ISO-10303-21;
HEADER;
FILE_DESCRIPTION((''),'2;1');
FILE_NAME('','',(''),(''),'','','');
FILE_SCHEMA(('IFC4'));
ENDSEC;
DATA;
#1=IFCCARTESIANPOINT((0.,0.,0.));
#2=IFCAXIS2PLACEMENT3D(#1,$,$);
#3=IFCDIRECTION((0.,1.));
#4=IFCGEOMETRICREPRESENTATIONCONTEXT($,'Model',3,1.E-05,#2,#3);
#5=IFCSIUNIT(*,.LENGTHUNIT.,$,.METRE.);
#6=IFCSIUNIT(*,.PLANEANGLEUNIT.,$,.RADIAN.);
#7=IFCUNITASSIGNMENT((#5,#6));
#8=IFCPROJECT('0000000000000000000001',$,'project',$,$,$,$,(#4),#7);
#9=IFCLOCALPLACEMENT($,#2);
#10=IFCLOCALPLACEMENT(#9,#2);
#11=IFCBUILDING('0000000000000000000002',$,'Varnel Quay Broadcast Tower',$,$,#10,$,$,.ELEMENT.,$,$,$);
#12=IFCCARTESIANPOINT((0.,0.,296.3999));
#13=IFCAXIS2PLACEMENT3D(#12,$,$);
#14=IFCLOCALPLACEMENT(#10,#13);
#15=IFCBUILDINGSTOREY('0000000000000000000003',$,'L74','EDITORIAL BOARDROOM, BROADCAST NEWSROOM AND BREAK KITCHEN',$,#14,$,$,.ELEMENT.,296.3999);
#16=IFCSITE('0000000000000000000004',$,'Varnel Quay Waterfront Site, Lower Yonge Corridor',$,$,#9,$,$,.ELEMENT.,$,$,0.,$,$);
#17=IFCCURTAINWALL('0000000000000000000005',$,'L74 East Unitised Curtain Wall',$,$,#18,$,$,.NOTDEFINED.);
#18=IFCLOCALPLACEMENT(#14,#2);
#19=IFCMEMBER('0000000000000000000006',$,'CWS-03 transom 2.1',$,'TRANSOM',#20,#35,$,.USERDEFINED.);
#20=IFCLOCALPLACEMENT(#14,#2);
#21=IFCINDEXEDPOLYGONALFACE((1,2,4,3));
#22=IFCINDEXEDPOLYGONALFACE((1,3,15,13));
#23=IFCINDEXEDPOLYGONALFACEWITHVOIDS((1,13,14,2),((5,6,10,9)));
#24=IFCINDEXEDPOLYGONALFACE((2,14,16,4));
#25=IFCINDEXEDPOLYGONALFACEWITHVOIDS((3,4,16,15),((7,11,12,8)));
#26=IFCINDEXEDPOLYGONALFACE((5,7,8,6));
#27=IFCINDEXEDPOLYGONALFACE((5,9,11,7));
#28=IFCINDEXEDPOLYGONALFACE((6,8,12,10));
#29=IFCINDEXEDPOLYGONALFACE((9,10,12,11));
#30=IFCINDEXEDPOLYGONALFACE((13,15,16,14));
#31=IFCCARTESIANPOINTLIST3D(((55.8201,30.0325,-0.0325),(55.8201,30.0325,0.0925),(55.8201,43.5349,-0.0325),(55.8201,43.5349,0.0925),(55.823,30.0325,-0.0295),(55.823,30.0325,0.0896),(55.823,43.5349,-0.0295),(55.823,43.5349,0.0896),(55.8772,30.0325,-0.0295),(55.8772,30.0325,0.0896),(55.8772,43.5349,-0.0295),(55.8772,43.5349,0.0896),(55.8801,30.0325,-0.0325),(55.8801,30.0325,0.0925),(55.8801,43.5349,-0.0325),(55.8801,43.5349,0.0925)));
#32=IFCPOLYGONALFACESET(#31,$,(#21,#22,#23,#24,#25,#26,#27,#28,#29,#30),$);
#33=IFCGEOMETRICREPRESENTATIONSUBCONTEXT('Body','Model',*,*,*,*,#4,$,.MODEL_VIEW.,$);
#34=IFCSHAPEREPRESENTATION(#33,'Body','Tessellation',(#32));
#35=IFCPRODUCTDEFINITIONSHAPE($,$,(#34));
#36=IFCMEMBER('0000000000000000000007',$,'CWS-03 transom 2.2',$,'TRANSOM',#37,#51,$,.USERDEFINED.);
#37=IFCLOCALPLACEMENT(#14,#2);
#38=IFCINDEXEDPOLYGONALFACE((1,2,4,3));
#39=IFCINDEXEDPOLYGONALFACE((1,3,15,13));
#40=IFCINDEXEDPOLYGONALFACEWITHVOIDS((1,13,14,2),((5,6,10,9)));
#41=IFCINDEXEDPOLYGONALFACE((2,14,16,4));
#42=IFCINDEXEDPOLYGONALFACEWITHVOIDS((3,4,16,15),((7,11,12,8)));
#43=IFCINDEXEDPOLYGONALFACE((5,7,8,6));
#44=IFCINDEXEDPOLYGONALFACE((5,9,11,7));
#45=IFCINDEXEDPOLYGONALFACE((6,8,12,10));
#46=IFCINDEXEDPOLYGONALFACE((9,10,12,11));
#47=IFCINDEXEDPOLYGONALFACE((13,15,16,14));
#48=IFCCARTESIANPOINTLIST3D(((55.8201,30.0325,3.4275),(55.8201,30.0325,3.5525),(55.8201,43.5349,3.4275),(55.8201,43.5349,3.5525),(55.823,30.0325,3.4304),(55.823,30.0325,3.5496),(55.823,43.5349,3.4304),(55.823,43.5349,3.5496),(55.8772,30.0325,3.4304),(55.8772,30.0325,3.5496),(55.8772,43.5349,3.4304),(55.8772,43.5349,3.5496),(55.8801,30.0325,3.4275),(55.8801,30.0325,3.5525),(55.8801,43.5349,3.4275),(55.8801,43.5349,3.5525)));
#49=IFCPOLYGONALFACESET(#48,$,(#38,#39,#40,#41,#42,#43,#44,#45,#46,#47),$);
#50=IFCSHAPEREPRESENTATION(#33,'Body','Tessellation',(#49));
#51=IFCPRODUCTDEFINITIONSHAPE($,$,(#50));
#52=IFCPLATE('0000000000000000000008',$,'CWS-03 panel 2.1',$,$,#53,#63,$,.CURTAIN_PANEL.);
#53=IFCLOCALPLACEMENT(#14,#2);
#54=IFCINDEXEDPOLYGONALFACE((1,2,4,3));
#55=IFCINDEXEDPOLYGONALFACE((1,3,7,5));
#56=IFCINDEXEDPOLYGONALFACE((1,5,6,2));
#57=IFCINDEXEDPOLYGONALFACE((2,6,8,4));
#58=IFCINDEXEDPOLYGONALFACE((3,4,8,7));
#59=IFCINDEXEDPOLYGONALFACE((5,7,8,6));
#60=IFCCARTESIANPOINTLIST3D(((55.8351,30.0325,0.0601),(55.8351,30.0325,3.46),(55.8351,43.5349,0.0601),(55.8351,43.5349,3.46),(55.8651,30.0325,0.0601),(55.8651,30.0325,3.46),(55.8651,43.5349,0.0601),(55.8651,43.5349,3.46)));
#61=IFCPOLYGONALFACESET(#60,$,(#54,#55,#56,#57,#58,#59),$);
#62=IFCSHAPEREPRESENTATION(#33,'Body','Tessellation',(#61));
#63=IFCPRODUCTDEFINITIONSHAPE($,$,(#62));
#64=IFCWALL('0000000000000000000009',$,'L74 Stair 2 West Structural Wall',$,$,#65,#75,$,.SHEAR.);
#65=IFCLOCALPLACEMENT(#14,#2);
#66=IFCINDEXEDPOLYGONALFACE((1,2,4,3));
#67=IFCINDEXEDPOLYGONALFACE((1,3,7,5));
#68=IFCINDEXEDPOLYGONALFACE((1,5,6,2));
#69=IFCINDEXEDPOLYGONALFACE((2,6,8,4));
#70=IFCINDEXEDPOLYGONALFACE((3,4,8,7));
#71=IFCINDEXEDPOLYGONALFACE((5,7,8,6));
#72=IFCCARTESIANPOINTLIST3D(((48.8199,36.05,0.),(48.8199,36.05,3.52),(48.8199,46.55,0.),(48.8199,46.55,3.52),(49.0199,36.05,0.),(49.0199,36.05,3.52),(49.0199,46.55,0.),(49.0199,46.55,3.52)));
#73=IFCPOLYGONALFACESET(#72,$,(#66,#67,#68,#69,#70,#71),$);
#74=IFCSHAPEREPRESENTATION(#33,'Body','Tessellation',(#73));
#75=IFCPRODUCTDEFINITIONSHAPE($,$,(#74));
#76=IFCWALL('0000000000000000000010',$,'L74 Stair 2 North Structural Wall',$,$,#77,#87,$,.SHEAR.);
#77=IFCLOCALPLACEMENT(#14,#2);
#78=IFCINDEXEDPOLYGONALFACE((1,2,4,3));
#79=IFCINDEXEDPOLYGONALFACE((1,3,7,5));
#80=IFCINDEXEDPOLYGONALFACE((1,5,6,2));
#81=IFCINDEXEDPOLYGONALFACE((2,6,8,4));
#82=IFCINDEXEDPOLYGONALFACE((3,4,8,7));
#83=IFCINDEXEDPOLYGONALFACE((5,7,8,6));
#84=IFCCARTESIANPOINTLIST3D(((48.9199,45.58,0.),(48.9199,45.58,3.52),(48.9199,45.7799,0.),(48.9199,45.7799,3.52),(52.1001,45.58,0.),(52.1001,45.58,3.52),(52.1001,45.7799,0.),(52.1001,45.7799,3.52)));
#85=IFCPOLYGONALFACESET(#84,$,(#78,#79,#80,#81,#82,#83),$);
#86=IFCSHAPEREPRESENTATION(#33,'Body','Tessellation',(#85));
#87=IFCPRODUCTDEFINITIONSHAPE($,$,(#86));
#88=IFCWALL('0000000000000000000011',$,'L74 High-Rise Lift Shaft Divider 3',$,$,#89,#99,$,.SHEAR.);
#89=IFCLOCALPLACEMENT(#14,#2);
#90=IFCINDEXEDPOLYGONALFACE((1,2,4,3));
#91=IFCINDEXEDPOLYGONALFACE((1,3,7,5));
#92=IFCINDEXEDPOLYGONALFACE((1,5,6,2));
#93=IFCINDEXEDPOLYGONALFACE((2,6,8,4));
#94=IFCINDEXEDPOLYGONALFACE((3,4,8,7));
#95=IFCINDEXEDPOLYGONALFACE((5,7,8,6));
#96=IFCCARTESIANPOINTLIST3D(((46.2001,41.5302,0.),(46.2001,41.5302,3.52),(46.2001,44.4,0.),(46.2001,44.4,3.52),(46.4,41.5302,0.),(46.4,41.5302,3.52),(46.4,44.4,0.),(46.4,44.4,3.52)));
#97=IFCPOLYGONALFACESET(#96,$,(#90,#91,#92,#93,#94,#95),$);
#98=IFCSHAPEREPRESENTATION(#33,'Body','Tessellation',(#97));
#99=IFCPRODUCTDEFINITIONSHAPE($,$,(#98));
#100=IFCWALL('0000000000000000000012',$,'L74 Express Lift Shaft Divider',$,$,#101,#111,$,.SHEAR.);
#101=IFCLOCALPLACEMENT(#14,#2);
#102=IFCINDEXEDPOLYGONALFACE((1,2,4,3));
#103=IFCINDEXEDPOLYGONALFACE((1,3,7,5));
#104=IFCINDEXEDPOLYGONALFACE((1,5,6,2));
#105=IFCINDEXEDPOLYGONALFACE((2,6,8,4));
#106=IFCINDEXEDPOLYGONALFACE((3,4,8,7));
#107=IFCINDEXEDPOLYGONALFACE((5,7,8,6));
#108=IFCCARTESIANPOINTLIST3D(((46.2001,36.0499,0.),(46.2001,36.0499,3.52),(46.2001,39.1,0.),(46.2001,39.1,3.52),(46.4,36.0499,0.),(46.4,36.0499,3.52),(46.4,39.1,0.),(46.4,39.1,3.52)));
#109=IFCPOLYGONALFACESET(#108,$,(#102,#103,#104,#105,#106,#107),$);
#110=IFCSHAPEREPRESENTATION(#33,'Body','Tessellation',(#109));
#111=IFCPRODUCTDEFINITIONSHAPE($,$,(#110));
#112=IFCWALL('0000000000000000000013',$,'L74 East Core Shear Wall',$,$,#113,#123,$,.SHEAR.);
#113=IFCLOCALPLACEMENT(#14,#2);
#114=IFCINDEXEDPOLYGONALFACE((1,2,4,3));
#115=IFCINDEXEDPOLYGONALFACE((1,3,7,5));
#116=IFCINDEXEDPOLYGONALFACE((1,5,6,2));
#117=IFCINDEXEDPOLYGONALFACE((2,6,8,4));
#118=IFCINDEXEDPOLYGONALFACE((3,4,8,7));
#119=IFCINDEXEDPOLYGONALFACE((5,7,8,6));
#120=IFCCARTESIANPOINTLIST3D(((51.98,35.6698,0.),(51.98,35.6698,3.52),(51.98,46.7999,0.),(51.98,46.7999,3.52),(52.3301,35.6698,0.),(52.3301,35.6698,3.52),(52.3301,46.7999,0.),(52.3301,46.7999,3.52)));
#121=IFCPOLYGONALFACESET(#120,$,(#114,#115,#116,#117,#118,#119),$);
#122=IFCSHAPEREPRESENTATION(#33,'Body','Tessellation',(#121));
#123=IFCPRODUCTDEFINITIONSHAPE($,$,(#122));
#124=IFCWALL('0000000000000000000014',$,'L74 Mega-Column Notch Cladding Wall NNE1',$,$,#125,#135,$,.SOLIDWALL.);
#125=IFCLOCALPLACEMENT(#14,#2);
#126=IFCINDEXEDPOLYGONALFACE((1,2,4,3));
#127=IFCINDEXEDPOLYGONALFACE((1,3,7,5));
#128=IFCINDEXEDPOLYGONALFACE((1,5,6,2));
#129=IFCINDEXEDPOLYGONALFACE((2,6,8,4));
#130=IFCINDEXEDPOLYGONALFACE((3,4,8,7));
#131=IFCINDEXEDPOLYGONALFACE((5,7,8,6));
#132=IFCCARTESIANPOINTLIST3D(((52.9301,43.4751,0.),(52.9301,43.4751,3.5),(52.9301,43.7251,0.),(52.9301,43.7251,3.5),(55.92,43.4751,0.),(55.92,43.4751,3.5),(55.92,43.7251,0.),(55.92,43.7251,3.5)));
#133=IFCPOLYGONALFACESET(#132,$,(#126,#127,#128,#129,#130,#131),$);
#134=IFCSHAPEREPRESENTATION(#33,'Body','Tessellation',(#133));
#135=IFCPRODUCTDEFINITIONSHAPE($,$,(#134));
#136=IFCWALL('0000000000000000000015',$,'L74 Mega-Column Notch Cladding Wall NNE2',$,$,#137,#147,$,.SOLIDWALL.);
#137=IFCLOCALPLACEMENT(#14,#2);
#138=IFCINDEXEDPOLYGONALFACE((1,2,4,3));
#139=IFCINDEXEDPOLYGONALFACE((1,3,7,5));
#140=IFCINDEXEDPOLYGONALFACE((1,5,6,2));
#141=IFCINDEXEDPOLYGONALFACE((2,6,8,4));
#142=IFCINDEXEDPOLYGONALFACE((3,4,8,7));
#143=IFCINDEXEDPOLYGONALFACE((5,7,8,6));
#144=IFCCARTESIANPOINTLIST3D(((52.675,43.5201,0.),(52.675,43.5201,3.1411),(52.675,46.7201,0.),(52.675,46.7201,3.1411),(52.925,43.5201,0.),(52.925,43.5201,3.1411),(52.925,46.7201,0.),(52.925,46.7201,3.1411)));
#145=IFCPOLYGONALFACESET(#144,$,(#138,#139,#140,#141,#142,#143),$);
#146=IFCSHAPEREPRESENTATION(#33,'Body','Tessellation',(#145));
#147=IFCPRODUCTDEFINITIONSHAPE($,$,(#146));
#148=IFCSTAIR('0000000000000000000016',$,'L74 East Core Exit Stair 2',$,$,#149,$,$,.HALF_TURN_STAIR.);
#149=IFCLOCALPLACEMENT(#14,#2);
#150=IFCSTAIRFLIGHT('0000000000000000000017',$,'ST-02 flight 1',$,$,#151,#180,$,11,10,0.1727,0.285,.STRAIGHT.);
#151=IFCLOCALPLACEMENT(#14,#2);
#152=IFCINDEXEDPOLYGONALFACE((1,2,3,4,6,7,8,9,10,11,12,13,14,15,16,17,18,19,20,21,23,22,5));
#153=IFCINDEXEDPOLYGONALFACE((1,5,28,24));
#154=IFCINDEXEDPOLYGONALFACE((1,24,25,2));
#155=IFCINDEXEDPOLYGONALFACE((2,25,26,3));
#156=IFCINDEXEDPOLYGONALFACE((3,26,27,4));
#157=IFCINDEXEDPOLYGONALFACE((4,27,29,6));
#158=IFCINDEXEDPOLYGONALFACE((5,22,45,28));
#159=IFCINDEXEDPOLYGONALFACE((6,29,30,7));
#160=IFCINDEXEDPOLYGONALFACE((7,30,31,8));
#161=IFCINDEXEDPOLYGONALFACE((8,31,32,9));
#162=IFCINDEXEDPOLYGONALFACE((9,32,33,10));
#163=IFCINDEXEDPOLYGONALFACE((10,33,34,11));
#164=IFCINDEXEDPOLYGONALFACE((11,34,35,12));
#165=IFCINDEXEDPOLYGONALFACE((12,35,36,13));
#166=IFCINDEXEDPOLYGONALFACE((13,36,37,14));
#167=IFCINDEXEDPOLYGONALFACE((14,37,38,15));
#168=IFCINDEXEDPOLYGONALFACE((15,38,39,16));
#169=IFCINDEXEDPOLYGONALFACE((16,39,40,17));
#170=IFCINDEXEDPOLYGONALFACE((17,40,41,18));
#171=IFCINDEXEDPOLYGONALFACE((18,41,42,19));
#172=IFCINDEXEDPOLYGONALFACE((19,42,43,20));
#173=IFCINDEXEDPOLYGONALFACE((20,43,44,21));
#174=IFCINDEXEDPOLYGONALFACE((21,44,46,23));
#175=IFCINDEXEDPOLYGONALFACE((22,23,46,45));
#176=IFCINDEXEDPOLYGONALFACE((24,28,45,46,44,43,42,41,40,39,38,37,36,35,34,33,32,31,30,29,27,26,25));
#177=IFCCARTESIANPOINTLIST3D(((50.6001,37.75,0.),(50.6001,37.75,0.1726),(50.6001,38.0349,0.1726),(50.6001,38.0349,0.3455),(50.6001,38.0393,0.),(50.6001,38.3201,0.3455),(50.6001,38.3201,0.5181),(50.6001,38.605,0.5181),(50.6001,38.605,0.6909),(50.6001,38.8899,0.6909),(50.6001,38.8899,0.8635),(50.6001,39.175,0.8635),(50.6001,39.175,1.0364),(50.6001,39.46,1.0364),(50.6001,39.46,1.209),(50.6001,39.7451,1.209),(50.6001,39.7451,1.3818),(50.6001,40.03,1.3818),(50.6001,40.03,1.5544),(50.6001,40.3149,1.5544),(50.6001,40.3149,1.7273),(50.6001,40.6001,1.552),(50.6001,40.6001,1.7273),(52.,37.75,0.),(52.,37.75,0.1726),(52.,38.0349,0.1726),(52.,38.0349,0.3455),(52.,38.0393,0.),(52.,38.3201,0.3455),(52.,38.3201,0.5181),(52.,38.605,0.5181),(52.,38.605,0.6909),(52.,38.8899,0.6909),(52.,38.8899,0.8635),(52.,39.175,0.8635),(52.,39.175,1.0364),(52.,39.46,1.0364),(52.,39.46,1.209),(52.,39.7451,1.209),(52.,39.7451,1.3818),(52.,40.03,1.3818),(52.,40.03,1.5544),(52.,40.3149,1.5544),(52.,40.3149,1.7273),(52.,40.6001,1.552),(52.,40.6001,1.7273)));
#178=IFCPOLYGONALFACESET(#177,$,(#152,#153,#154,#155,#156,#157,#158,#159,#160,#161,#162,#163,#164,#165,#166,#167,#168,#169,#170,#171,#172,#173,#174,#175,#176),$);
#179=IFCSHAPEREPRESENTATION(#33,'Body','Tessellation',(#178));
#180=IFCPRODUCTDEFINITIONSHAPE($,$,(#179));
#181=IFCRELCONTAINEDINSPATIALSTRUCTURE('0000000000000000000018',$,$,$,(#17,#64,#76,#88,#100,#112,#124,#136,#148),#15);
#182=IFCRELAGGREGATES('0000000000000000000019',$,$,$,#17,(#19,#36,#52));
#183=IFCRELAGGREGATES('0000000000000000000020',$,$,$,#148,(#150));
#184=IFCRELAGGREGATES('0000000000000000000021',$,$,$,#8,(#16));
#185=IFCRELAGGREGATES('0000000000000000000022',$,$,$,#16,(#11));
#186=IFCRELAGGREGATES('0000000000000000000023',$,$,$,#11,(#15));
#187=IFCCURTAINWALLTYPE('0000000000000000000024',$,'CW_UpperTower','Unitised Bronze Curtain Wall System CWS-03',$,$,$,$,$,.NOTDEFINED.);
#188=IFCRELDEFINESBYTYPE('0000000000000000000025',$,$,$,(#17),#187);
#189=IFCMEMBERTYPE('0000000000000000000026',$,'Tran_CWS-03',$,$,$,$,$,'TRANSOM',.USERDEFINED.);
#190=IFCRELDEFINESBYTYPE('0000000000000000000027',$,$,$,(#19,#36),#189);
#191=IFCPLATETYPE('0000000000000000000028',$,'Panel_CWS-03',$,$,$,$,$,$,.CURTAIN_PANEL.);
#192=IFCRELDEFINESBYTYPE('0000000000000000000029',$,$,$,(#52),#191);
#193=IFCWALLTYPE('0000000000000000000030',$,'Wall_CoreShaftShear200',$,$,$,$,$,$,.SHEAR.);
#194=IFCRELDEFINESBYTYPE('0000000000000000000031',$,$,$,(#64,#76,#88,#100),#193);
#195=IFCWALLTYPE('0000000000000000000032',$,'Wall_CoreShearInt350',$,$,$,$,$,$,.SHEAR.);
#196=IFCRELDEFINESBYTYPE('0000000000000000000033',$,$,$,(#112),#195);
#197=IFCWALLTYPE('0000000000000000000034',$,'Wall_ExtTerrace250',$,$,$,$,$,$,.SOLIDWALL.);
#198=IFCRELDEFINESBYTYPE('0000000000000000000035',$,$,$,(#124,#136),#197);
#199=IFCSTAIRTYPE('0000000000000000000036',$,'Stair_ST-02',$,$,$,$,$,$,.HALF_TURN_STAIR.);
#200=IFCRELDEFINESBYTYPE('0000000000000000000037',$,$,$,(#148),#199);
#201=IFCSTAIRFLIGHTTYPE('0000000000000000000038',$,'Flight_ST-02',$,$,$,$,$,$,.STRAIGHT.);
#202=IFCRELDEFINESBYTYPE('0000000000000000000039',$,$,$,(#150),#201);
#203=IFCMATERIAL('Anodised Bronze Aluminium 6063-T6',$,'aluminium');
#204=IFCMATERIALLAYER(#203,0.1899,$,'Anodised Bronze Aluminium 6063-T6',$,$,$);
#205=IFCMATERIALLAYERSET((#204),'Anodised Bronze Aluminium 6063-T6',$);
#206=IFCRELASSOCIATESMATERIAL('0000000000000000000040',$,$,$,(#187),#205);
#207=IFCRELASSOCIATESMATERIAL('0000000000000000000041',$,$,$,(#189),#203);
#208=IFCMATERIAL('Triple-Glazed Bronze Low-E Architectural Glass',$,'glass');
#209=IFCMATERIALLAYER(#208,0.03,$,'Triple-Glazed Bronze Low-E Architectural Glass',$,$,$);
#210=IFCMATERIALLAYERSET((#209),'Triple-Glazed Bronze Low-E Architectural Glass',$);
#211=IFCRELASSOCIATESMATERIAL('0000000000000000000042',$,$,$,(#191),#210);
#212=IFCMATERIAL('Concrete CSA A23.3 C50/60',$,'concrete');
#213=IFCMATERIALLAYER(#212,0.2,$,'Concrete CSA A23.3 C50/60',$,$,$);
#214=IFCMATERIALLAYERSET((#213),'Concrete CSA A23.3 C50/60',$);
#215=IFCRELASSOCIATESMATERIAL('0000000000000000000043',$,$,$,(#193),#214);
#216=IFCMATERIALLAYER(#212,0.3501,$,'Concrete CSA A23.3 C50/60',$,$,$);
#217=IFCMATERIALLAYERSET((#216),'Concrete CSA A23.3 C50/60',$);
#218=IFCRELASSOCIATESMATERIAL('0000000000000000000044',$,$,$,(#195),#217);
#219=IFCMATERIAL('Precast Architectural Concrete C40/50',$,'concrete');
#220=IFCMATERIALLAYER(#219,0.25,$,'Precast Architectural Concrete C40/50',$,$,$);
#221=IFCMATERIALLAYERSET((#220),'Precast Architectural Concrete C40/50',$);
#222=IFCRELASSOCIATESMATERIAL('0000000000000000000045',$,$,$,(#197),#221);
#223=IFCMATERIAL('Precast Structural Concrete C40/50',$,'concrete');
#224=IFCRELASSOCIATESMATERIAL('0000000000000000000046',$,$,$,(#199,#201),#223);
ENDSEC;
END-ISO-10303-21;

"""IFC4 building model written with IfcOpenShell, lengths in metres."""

from ifc_helpers import new_model, si_unit, direction, frame, frame_2d, origin, origin_2d, place, context, subcontext, project, spatial, polyline, rectangle, hollow_rectangle, outline, extrude, source, transform, mapped, material, layer, layer_set, material_profile, profile_set, type_object, type_shapes, element, aggregate, save


model = new_model("IFC4")

# Units and contexts
model_context = context("Model", 3, precision=1e-05, world=origin(), true_north=direction((0.0, 1.0)))
body_context = subcontext(model_context, "Body", "Model", "MODEL_VIEW")
ifc_project = project(units=[si_unit("LENGTHUNIT", "METRE"), si_unit("PLANEANGLEUNIT", "RADIAN")], contexts=[model_context])

# Site, building, storey
site_placement = place(None, origin())
site = spatial("IfcSite", under=ifc_project, at=site_placement, Name="Varnel Quay Waterfront Site, Lower Yonge Corridor", CompositionType="ELEMENT", RefElevation=0.0)
building_placement = place(site_placement, origin())
building = spatial("IfcBuilding", under=site, at=building_placement, Name="Varnel Quay Broadcast Tower", CompositionType="ELEMENT")
storey_placement = place(building_placement, frame((0.0, 0.0, 296.3999)))
storey = spatial("IfcBuildingStorey", under=building, at=storey_placement, Name="L74", Description="EDITORIAL BOARDROOM, BROADCAST NEWSROOM AND BREAK KITCHEN", CompositionType="ELEMENT", Elevation=296.3999)

# Curtain wall, members, plate
ifc_material_1 = material(Name="Anodised Bronze Aluminium 6063-T6", Category="aluminium")
ifc_layer_1 = layer(ifc_material_1, 0.1899, Name="Anodised Bronze Aluminium 6063-T6")
ifc_layer_set_1 = layer_set([ifc_layer_1], Name="Anodised Bronze Aluminium 6063-T6")
curtain_wall_type = type_object("IfcCurtainWallType", Name="CW_UpperTower", Description="Unitised Bronze Curtain Wall System CWS-03", PredefinedType="NOTDEFINED", material=ifc_layer_set_1)
curtain_wall_placement = place(storey_placement, origin())
curtain_wall = element("IfcCurtainWall", 1, at=curtain_wall_placement, inside=storey, type_object=curtain_wall_type, Name="L74 East Unitised Curtain Wall", PredefinedType="NOTDEFINED")
ifc_material_profile_1 = material_profile(ifc_material_1, hollow_rectangle(XDim=0.0601, YDim=0.125, WallThickness=0.0029, at=origin_2d()), Name="ALU60X125X3")
ifc_profile_set_1 = profile_set([ifc_material_profile_1], Name="Anodised Bronze Aluminium 6063-T6")
member_type_1 = type_object("IfcMemberType", Name="Tran_CWS-03", ElementType="TRANSOM", PredefinedType="USERDEFINED", material=ifc_profile_set_1)
shared_shape_1 = source(origin(), body_context, "Body", "SweptSolid", [
    extrude(hollow_rectangle(XDim=0.0601, YDim=0.125, WallThickness=0.0029, at=origin_2d()), origin(), (0.0, 0.0, 1.0), 13.5024),
])
type_shapes(member_type_1, [shared_shape_1])
member_1_placement = place(storey_placement, frame((55.8501, 30.0325, 0.03), z_axis=(0.0, 1.0, 0.0), x_axis=(-1.0, 0.0, 0.0)))
member_1 = element("IfcMember", 2, at=member_1_placement, type_object=member_type_1, Name="CWS-03 transom 2.1", ObjectType="TRANSOM", PredefinedType="USERDEFINED", context=body_context, shape_type="MappedRepresentation", body=[
    mapped(shared_shape_1, transform((0.0, 0.0, 0.0), x_axis=(1.0, 0.0, 0.0), y_axis=(0.0, 1.0, 0.0), z_axis=(0.0, 0.0, 1.0), scale=1.0)),
])
member_2_placement = place(storey_placement, frame((55.8501, 30.0325, 3.49), z_axis=(0.0, 1.0, 0.0), x_axis=(-1.0, 0.0, 0.0)))
member_2 = element("IfcMember", 3, at=member_2_placement, type_object=member_type_1, Name="CWS-03 transom 2.2", ObjectType="TRANSOM", PredefinedType="USERDEFINED", context=body_context, shape_type="MappedRepresentation", body=[
    mapped(shared_shape_1, transform((0.0, 0.0, 0.0), x_axis=(1.0, 0.0, 0.0), y_axis=(0.0, 1.0, 0.0), z_axis=(0.0, 0.0, 1.0), scale=1.0)),
])
ifc_material_2 = material(Name="Triple-Glazed Bronze Low-E Architectural Glass", Category="glass")
ifc_layer_2 = layer(ifc_material_2, 0.03, Name="Triple-Glazed Bronze Low-E Architectural Glass")
ifc_layer_set_2 = layer_set([ifc_layer_2], Name="Triple-Glazed Bronze Low-E Architectural Glass")
plate_type = type_object("IfcPlateType", Name="Panel_CWS-03", PredefinedType="CURTAIN_PANEL", material=ifc_layer_set_2)
shared_shape_2 = source(origin(), body_context, "Body", "SweptSolid", [
    extrude(rectangle(XDim=13.5024, YDim=0.03, at=origin_2d()), origin(), (0.0, 0.0, 1.0), 3.3999),
])
type_shapes(plate_type, [shared_shape_2])
plate_placement = place(storey_placement, frame((55.8501, 36.7837, 0.0601), z_axis=(0.0, 0.0, 1.0), x_axis=(0.0, 1.0, 0.0)))
plate = element("IfcPlate", 4, at=plate_placement, type_object=plate_type, Name="CWS-03 panel 2.1", PredefinedType="CURTAIN_PANEL", context=body_context, shape_type="MappedRepresentation", body=[
    mapped(shared_shape_2, transform((0.0, 0.0, 0.0), x_axis=(1.0, 0.0, 0.0), y_axis=(0.0, 1.0, 0.0), z_axis=(0.0, 0.0, 1.0), scale=1.0)),
])
aggregate(curtain_wall, [member_1, member_2, plate])

# Walls
ifc_material_3 = material(Name="Concrete CSA A23.3 C50/60", Category="concrete")
ifc_layer_3 = layer(ifc_material_3, 0.2, Name="Concrete CSA A23.3 C50/60")
ifc_layer_set_3 = layer_set([ifc_layer_3], Name="Concrete CSA A23.3 C50/60")
wall_type_1 = type_object("IfcWallType", Name="Wall_CoreShaftShear200", PredefinedType="SHEAR", material=ifc_layer_set_3)
wall_1_placement = place(storey_placement, frame((48.9199, 36.05, 0.0), z_axis=(0.0, 0.0, 1.0), x_axis=(0.0, 1.0, 0.0)))
element("IfcWall", 5, at=wall_1_placement, inside=storey, type_object=wall_type_1, Name="L74 Stair 2 West Structural Wall", PredefinedType="SHEAR", context=body_context, shape_type="SweptSolid", body=[
    extrude(rectangle(XDim=10.5, YDim=0.2, at=frame_2d((5.25, 0.0))), origin(), (0.0, 0.0, 1.0), 3.52),
])
wall_2_placement = place(storey_placement, frame((48.9199, 45.6799, 0.0), z_axis=(0.0, 0.0, 1.0), x_axis=(1.0, 0.0, 0.0)))
element("IfcWall", 6, at=wall_2_placement, inside=storey, type_object=wall_type_1, Name="L74 Stair 2 North Structural Wall", PredefinedType="SHEAR", context=body_context, shape_type="SweptSolid", body=[
    extrude(rectangle(XDim=3.1802, YDim=0.2, at=frame_2d((1.5901, 0.0))), origin(), (0.0, 0.0, 1.0), 3.52),
])
wall_3_placement = place(storey_placement, frame((46.3, 41.53, 0.0), z_axis=(0.0, 0.0, 1.0), x_axis=(0.0, 1.0, 0.0)))
element("IfcWall", 7, at=wall_3_placement, inside=storey, type_object=wall_type_1, Name="L74 High-Rise Lift Shaft Divider 3", PredefinedType="SHEAR", context=body_context, shape_type="SweptSolid", body=[
    extrude(rectangle(XDim=2.8699, YDim=0.2, at=frame_2d((1.4351, 0.0))), origin(), (0.0, 0.0, 1.0), 3.52),
])
wall_4_placement = place(storey_placement, frame((46.3, 36.05, 0.0), z_axis=(0.0, 0.0, 1.0), x_axis=(0.0, 1.0, 0.0)))
element("IfcWall", 8, at=wall_4_placement, inside=storey, type_object=wall_type_1, Name="L74 Express Lift Shaft Divider", PredefinedType="SHEAR", context=body_context, shape_type="SweptSolid", body=[
    extrude(rectangle(XDim=3.05, YDim=0.2, at=frame_2d((1.5249, 0.0))), origin(), (0.0, 0.0, 1.0), 3.52),
])
ifc_layer_4 = layer(ifc_material_3, 0.3501, Name="Concrete CSA A23.3 C50/60")
ifc_layer_set_4 = layer_set([ifc_layer_4], Name="Concrete CSA A23.3 C50/60")
wall_type_2 = type_object("IfcWallType", Name="Wall_CoreShearInt350", PredefinedType="SHEAR", material=ifc_layer_set_4)
wall_5_placement = place(storey_placement, frame((52.155, 35.6699, 0.0), z_axis=(0.0, 0.0, 1.0), x_axis=(0.0, 1.0, 0.0)))
element("IfcWall", 9, at=wall_5_placement, inside=storey, type_object=wall_type_2, Name="L74 East Core Shear Wall", PredefinedType="SHEAR", context=body_context, shape_type="SweptSolid", body=[
    extrude(rectangle(XDim=11.1301, YDim=0.3501, at=frame_2d((5.5649, 0.0))), origin(), (0.0, 0.0, 1.0), 3.52),
])
ifc_material_4 = material(Name="Precast Architectural Concrete C40/50", Category="concrete")
ifc_layer_5 = layer(ifc_material_4, 0.25, Name="Precast Architectural Concrete C40/50")
ifc_layer_set_5 = layer_set([ifc_layer_5], Name="Precast Architectural Concrete C40/50")
wall_type_3 = type_object("IfcWallType", Name="Wall_ExtTerrace250", PredefinedType="SOLIDWALL", material=ifc_layer_set_5)
wall_6_placement = place(storey_placement, frame((52.9299, 43.6001, 0.0), z_axis=(0.0, 0.0, 1.0), x_axis=(1.0, 0.0, 0.0)))
element("IfcWall", 10, at=wall_6_placement, inside=storey, type_object=wall_type_3, Name="L74 Mega-Column Notch Cladding Wall NNE1", PredefinedType="SOLIDWALL", context=body_context, shape_type="SweptSolid", body=[
    extrude(rectangle(XDim=2.99, YDim=0.25, at=frame_2d((1.4951, 0.0))), origin(), (0.0, 0.0, 1.0), 3.5),
])
wall_7_placement = place(storey_placement, frame((52.8, 43.52, 0.0), z_axis=(0.0, 0.0, 1.0), x_axis=(0.0, 1.0, 0.0)))
element("IfcWall", 11, at=wall_7_placement, inside=storey, type_object=wall_type_3, Name="L74 Mega-Column Notch Cladding Wall NNE2", PredefinedType="SOLIDWALL", context=body_context, shape_type="SweptSolid", body=[
    extrude(rectangle(XDim=3.2, YDim=0.25, at=frame_2d((1.6001, 0.0))), origin(), (0.0, 0.0, 1.0), 3.1411),
])

# Stair, stair flight
ifc_material_5 = material(Name="Precast Structural Concrete C40/50", Category="concrete")
stair_type = type_object("IfcStairType", Name="Stair_ST-02", PredefinedType="HALF_TURN_STAIR", material=ifc_material_5)
stair_placement = place(storey_placement, origin())
stair = element("IfcStair", 12, at=stair_placement, inside=storey, type_object=stair_type, Name="L74 East Core Exit Stair 2", PredefinedType="HALF_TURN_STAIR")
stair_flight_type = type_object("IfcStairFlightType", Name="Flight_ST-02", PredefinedType="STRAIGHT", material=ifc_material_5)
stair_flight_1_placement = place(storey_placement, frame((51.3, 37.75, 0.0), z_axis=(0.0, 0.0, 1.0), x_axis=(0.0, 1.0, 0.0)))
stair_flight_1 = element("IfcStairFlight", 13, at=stair_flight_1_placement, type_object=stair_flight_type, Name="ST-02 flight 1", NumberOfRisers=11, NumberOfTreads=10, PredefinedType="STRAIGHT", RiserHeight=0.1727, TreadLength=0.285, context=body_context, shape_type="SweptSolid", body=[
    extrude(outline(polyline([(0.0, 0.0), (0.0, 0.1726), (0.2849, 0.1726), (0.2849, 0.3455), (0.5701, 0.3455), (0.5701, 0.5181), (0.855, 0.5181), (0.855, 0.6909), (1.1399, 0.6909), (1.1399, 0.8635), (1.425, 0.8635), (1.425, 1.0364), (1.71, 1.0364), (1.71, 1.209), (1.9951, 1.209), (1.9951, 1.3818), (2.28, 1.3818), (2.28, 1.5544), (2.5649, 1.5544), (2.5649, 1.7273), (2.8501, 1.7273), (2.8501, 1.8999), (2.8501, 1.552), (0.2893, 0.0), (0.0, 0.0)])), frame((0.0, 0.7, 0.0), z_axis=(0.0, -1.0, 0.0), x_axis=(1.0, 0.0, 0.0)), (0.0, 0.0, 1.0), 1.3999),
])
aggregate(stair, [stair_flight_1])

save(model, "model.ifc")
